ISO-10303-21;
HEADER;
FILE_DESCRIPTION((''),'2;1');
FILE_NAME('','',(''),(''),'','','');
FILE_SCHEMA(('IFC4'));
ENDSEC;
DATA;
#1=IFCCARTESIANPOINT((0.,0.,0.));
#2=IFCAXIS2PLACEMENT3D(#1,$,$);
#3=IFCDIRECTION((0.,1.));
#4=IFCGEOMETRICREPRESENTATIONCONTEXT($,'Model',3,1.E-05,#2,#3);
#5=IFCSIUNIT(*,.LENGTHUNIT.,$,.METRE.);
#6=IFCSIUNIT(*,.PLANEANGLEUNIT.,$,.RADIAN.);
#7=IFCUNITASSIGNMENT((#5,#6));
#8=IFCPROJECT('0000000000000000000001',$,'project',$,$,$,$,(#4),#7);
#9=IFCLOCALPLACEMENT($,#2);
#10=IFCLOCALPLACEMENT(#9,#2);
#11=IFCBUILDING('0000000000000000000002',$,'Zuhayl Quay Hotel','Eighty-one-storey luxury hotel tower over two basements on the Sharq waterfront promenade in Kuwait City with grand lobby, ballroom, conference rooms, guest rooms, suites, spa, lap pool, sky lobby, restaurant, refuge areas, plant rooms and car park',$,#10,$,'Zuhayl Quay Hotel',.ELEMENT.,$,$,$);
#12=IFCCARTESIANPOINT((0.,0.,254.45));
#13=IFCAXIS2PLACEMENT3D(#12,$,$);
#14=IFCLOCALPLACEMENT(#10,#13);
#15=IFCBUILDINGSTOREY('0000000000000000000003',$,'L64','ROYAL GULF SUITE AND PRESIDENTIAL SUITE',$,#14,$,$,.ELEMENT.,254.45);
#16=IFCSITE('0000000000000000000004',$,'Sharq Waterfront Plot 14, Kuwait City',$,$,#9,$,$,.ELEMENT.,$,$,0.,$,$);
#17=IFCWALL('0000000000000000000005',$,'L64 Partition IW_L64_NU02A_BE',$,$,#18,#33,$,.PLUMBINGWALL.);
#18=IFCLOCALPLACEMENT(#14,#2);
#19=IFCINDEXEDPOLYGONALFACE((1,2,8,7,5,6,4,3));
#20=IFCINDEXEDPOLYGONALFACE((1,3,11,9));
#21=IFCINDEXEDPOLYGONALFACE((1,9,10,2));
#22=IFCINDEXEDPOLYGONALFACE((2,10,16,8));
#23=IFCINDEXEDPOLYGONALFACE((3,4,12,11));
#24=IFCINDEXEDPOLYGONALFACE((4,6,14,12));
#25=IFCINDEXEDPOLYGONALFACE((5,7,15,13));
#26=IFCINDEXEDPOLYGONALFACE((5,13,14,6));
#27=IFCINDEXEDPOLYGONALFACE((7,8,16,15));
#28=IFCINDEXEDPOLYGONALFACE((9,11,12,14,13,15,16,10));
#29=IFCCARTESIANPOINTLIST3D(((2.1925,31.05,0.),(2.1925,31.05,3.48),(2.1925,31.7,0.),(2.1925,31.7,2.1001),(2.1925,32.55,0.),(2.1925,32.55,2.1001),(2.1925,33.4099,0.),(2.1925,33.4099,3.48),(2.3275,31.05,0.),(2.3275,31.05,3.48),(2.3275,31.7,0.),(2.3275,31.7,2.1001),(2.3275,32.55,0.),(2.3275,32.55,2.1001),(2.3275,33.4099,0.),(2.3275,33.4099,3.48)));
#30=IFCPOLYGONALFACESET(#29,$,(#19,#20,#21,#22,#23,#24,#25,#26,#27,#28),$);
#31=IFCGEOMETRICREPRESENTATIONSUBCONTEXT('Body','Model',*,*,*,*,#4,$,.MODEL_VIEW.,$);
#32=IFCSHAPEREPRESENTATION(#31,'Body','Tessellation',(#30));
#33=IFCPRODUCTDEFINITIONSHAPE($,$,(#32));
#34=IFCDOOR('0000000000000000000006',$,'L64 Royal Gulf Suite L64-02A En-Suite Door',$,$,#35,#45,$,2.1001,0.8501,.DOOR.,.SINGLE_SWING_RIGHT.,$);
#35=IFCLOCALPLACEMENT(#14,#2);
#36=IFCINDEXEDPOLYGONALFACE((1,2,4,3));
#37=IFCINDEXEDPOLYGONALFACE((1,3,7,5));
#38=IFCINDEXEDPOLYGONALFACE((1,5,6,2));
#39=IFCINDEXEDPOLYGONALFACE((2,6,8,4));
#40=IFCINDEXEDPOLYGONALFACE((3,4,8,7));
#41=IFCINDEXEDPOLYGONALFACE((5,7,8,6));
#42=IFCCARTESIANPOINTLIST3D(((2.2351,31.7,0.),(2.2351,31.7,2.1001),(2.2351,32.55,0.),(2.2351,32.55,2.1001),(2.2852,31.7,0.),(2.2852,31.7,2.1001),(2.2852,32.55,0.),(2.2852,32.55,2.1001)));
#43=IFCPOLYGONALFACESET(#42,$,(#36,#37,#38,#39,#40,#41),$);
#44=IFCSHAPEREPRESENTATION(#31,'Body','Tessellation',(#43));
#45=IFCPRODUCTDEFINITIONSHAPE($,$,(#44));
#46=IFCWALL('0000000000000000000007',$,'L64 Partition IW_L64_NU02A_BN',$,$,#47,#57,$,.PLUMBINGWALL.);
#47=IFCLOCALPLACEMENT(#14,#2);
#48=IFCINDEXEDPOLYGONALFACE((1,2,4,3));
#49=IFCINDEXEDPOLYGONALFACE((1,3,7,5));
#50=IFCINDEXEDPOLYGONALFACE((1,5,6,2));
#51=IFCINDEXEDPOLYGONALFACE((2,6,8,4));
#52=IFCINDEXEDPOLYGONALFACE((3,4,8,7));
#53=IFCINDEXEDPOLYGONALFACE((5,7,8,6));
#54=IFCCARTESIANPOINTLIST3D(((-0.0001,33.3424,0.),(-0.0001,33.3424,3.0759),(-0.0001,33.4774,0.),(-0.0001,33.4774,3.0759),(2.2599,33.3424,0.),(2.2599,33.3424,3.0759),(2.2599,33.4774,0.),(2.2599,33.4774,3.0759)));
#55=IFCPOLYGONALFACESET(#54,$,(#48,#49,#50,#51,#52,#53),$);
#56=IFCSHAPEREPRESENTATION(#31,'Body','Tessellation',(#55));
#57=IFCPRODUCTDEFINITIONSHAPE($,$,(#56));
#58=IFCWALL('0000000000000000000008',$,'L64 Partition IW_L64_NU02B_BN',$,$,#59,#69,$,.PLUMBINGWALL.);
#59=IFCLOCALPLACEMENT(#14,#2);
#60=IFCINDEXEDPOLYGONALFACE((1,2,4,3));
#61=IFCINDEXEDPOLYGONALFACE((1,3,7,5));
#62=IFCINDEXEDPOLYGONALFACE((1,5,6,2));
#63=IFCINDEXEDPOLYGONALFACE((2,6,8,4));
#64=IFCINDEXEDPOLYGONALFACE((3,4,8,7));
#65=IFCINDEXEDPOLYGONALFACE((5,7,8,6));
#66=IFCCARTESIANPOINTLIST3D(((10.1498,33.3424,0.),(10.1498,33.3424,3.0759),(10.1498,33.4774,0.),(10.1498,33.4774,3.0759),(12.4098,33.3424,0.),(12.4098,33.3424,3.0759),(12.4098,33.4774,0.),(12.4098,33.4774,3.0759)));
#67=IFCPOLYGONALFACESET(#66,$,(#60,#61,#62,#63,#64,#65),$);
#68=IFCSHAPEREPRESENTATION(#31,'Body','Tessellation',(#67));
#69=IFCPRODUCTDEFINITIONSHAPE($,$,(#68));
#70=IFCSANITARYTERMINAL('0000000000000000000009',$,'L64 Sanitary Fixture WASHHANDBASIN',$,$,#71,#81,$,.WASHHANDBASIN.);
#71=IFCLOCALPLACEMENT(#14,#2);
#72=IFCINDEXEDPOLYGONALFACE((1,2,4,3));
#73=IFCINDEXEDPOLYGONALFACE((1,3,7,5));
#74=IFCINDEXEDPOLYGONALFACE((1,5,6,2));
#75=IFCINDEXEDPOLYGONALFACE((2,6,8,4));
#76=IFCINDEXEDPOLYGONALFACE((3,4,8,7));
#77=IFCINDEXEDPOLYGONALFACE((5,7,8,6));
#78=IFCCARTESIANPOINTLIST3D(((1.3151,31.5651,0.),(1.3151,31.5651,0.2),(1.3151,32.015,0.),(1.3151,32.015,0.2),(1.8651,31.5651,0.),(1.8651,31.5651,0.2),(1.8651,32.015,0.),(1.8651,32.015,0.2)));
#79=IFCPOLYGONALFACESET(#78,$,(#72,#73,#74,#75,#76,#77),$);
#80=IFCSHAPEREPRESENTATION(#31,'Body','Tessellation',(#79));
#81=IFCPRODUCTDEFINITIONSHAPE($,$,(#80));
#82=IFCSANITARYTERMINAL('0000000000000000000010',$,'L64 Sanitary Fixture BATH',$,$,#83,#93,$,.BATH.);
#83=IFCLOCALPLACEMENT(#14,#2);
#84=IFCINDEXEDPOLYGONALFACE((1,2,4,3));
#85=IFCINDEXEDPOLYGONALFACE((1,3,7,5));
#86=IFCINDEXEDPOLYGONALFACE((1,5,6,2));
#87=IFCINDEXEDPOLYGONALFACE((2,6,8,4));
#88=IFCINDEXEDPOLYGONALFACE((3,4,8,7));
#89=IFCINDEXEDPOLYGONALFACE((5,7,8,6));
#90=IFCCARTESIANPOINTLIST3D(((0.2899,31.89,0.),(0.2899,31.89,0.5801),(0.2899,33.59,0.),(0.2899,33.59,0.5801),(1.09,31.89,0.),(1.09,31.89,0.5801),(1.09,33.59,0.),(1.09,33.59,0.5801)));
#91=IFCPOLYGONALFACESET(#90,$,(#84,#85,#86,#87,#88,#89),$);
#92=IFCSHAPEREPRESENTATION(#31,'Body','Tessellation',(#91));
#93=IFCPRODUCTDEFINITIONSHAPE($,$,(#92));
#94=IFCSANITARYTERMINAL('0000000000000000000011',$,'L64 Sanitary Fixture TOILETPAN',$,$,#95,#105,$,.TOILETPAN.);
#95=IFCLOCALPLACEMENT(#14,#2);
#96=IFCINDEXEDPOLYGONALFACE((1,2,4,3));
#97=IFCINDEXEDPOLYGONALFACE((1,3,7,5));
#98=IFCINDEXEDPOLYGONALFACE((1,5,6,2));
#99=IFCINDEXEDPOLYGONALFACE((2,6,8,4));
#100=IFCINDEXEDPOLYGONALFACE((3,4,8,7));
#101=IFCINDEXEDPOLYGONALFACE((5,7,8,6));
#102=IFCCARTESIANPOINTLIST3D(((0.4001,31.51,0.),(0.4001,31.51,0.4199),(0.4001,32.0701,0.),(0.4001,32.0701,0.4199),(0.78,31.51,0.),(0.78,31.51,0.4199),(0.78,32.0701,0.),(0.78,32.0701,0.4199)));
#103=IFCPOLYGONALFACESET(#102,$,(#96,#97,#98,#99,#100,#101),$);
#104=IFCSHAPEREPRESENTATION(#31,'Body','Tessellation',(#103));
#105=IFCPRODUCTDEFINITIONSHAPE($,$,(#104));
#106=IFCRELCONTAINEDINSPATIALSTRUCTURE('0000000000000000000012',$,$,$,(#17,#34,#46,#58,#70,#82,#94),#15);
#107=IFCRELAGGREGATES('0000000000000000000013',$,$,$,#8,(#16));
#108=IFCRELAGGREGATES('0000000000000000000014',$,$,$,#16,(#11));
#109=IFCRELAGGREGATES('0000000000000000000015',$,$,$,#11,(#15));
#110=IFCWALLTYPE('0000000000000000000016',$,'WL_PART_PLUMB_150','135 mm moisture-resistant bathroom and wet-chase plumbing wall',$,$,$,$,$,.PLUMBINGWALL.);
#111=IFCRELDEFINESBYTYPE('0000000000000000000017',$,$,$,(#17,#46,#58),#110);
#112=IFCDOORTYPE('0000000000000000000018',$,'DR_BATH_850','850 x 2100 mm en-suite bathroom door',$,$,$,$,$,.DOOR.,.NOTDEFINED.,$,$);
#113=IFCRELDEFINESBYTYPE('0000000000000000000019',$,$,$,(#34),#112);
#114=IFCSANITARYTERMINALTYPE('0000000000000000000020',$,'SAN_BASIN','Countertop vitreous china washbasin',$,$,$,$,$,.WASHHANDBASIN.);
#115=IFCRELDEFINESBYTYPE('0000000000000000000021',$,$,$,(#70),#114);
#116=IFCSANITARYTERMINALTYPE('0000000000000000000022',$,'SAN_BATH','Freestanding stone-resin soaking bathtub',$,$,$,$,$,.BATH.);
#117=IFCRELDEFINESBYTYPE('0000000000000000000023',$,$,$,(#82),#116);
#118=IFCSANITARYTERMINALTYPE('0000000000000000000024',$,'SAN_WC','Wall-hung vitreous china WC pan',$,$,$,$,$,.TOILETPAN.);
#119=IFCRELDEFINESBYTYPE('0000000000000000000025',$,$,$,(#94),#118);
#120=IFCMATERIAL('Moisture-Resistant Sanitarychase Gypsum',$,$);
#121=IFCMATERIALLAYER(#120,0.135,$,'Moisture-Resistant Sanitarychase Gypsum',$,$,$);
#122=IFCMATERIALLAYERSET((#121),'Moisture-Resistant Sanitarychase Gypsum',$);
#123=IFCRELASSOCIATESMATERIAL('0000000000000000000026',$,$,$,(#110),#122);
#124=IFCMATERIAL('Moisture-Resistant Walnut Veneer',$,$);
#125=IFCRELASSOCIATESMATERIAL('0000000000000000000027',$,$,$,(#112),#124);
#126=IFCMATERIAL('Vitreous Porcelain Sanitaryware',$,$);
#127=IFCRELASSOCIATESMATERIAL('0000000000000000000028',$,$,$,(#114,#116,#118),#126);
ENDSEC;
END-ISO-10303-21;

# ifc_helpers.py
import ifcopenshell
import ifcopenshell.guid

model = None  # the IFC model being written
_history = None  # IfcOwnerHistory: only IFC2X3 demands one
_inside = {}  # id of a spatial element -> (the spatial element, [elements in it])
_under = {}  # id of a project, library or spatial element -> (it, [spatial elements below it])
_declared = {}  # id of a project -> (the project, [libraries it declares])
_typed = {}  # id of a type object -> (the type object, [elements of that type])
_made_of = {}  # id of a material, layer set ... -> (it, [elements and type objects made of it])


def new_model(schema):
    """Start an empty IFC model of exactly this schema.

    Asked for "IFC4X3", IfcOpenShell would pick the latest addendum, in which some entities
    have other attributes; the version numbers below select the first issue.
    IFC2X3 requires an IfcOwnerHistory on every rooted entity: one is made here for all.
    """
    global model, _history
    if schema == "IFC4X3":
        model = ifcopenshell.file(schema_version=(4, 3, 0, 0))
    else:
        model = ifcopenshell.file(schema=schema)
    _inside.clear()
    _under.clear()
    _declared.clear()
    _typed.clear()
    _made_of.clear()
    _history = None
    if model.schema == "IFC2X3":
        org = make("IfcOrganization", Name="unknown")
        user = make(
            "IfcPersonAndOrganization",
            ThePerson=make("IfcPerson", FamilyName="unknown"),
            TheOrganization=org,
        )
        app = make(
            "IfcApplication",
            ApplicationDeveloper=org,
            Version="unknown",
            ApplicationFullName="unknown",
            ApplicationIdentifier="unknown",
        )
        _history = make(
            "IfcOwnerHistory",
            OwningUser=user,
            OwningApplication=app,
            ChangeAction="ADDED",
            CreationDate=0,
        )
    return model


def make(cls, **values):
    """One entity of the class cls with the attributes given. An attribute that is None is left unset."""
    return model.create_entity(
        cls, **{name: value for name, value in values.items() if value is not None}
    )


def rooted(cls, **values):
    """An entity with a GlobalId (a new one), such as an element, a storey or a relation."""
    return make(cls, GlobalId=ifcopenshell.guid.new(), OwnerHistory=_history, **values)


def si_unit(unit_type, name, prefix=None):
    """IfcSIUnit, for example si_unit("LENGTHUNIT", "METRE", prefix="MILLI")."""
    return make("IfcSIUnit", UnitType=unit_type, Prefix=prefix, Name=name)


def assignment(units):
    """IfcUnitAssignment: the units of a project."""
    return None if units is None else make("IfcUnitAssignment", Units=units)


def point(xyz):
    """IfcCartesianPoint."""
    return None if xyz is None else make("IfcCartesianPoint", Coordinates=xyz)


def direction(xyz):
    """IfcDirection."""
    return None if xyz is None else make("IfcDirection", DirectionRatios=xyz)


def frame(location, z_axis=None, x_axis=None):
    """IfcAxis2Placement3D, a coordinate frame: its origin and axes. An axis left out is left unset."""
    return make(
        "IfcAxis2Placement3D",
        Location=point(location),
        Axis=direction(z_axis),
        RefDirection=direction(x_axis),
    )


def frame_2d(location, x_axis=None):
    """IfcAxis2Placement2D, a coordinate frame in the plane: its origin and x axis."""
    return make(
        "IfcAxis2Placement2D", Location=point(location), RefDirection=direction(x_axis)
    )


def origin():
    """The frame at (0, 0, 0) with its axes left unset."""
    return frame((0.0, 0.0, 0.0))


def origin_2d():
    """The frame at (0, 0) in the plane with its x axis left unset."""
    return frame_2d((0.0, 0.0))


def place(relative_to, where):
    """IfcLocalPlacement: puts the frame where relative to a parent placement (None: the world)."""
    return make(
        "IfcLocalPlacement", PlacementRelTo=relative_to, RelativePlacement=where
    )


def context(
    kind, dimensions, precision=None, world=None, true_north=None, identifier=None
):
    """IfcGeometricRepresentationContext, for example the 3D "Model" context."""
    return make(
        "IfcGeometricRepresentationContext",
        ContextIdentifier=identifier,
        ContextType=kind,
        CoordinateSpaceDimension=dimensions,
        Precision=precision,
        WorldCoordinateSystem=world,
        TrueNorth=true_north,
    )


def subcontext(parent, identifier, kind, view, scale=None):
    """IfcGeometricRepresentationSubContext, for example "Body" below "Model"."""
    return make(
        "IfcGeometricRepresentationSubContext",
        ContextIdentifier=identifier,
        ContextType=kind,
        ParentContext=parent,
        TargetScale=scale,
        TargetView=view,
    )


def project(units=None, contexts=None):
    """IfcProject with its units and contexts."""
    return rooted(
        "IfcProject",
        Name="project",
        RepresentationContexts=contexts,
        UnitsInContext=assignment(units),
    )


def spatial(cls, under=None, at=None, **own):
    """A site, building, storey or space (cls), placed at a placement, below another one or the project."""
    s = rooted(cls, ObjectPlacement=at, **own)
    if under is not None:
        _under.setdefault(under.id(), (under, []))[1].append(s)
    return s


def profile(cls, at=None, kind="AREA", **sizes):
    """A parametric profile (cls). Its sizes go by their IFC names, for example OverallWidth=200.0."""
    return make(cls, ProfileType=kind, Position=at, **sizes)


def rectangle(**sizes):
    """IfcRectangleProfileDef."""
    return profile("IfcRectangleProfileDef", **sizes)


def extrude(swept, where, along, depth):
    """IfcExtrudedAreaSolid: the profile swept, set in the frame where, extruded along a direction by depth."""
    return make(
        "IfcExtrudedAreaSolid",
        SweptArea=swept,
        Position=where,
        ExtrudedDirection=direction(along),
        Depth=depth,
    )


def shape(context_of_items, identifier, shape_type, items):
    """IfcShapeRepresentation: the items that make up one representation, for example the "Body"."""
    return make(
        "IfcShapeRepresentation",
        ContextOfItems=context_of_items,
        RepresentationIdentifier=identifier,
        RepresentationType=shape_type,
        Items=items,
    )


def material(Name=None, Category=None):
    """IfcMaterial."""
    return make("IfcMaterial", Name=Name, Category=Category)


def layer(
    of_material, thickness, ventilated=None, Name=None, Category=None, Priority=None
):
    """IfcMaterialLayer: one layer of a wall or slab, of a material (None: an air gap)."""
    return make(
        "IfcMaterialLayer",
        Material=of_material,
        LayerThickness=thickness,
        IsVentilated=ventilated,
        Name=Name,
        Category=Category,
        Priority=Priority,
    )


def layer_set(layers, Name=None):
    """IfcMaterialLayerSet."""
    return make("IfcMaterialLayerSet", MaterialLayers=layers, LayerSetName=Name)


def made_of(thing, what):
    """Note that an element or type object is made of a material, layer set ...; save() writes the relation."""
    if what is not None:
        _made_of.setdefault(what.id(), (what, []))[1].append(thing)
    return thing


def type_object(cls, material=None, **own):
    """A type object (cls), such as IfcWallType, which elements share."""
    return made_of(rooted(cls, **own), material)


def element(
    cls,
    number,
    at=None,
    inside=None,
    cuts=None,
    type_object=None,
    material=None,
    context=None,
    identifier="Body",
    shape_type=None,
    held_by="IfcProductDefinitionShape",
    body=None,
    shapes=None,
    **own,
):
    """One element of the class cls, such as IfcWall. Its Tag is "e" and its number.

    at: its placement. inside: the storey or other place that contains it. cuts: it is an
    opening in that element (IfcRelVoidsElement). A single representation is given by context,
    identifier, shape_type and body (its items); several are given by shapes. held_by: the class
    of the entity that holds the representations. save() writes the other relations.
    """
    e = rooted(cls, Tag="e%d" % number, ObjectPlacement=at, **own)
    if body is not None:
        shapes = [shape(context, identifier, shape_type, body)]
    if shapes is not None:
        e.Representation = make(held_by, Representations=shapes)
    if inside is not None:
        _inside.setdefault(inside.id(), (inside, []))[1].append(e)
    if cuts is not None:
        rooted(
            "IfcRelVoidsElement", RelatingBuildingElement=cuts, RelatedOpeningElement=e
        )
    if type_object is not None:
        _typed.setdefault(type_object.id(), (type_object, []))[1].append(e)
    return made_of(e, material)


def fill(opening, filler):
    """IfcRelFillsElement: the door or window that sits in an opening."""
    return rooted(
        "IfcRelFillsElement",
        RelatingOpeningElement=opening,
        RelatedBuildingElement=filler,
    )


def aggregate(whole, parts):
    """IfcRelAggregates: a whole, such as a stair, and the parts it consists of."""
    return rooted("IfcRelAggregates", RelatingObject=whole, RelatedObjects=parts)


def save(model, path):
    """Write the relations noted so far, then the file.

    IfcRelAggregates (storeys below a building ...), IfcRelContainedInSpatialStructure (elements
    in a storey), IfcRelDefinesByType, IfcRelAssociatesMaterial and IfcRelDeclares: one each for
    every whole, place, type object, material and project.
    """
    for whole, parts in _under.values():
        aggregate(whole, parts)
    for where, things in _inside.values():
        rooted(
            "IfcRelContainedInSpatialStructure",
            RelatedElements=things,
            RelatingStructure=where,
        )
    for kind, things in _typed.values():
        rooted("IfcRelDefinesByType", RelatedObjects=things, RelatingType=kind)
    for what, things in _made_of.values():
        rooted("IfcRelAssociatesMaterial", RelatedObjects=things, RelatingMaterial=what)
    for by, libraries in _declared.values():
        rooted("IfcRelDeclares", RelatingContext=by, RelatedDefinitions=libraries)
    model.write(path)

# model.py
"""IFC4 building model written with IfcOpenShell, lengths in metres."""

from ifc_helpers import new_model, si_unit, direction, frame, frame_2d, origin, origin_2d, place, context, subcontext, project, spatial, rectangle, extrude, material, layer, layer_set, type_object, element, fill, save


model = new_model("IFC4")

# Units and contexts
model_context = context("Model", 3, precision=1e-05, world=origin(), true_north=direction((0.0, 1.0)))
body_context = subcontext(model_context, "Body", "Model", "MODEL_VIEW")
ifc_project = project(units=[si_unit("LENGTHUNIT", "METRE"), si_unit("PLANEANGLEUNIT", "RADIAN")], contexts=[model_context])

# Site, building, storey
site_placement = place(None, origin())
site = spatial("IfcSite", under=ifc_project, at=site_placement, Name="Sharq Waterfront Plot 14, Kuwait City", CompositionType="ELEMENT", RefElevation=0.0)
building_placement = place(site_placement, origin())
building = spatial("IfcBuilding", under=site, at=building_placement, Name="Zuhayl Quay Hotel", Description="Eighty-one-storey luxury hotel tower over two basements on the Sharq waterfront promenade in Kuwait City with grand lobby, ballroom, conference rooms, guest rooms, suites, spa, lap pool, sky lobby, restaurant, refuge areas, plant rooms and car park", LongName="Zuhayl Quay Hotel", CompositionType="ELEMENT")
storey_placement = place(building_placement, frame((0.0, 0.0, 254.45)))
storey = spatial("IfcBuildingStorey", under=building, at=storey_placement, Name="L64", Description="ROYAL GULF SUITE AND PRESIDENTIAL SUITE", CompositionType="ELEMENT", Elevation=254.45)

# Wall, opening, door
ifc_material_1 = material(Name="Moisture-Resistant Sanitarychase Gypsum")
ifc_layer_1 = layer(ifc_material_1, 0.135, Name="Moisture-Resistant Sanitarychase Gypsum")
ifc_layer_set_1 = layer_set([ifc_layer_1], Name="Moisture-Resistant Sanitarychase Gypsum")
wall_type_1 = type_object("IfcWallType", Name="WL_PART_PLUMB_150", Description="135 mm moisture-resistant bathroom and wet-chase plumbing wall", PredefinedType="PLUMBINGWALL", material=ifc_layer_set_1)
wall_1_placement = place(storey_placement, frame((2.26, 31.05, 0.0), z_axis=(0.0, 0.0, 1.0), x_axis=(0.0, 1.0, 0.0)))
wall_1 = element("IfcWall", 1, at=wall_1_placement, inside=storey, type_object=wall_type_1, Name="L64 Partition IW_L64_NU02A_BE", PredefinedType="PLUMBINGWALL", context=body_context, shape_type="SweptSolid", body=[
    extrude(rectangle(XDim=2.3599, YDim=0.135, at=frame_2d((1.1799, 0.0))), origin(), (0.0, 0.0, 1.0), 3.48),
])
opening_1_placement = place(wall_1_placement, frame((0.6499, 0.0, 0.0)))
opening_1 = element("IfcOpeningElement", 2, at=opening_1_placement, cuts=wall_1, PredefinedType="OPENING", context=body_context, shape_type="SweptSolid", body=[
    extrude(rectangle(XDim=0.8501, YDim=2.1001, at=frame_2d((0.425, 1.05))), frame((0.0, 0.0774, 0.0), z_axis=(0.0, -1.0, 0.0), x_axis=(1.0, 0.0, 0.0)), (0.0, 0.0, 1.0), 0.155),
])
ifc_material_2 = material(Name="Moisture-Resistant Walnut Veneer")
door_type_1 = type_object("IfcDoorType", Name="DR_BATH_850", Description="850 x 2100 mm en-suite bathroom door", OperationType="NOTDEFINED", PredefinedType="DOOR", material=ifc_material_2)
door_1_placement = place(opening_1_placement, origin())
door_1 = element("IfcDoor", 3, at=door_1_placement, inside=storey, type_object=door_type_1, Name="L64 Royal Gulf Suite L64-02A En-Suite Door", OperationType="SINGLE_SWING_RIGHT", OverallHeight=2.1001, OverallWidth=0.8501, PredefinedType="DOOR", context=body_context, shape_type="SweptSolid", body=[
    extrude(rectangle(XDim=0.8501, YDim=2.1001, at=frame_2d((0.425, 1.05))), frame((0.0, 0.0249, 0.0), z_axis=(0.0, -1.0, 0.0), x_axis=(1.0, 0.0, 0.0)), (0.0, 0.0, 1.0), 0.05),
])
fill(opening_1, door_1)

# Walls
for number, where, z_axis, x_axis, name in (
    (4, (0.0, 33.4099, 0.0), (0.0, 0.0, 1.0), (1.0, 0.0, 0.0), "L64 Partition IW_L64_NU02A_BN"),
    (5, (10.1499, 33.4099, 0.0), (0.0, 0.0, 1.0), (1.0, 0.0, 0.0), "L64 Partition IW_L64_NU02B_BN"),
):
    element("IfcWall", number, at=place(storey_placement, frame(where, z_axis=z_axis, x_axis=x_axis)), inside=storey, type_object=wall_type_1, Name=name, PredefinedType="PLUMBINGWALL", context=body_context, shape_type="SweptSolid", body=[
        extrude(rectangle(XDim=2.26, YDim=0.135, at=frame_2d((1.1299, 0.0))), origin(), (0.0, 0.0, 1.0), 3.0759),
    ])

# Sanitary terminals
ifc_material_3 = material(Name="Vitreous Porcelain Sanitaryware")
sanitary_terminal_type_1 = type_object("IfcSanitaryTerminalType", Name="SAN_BASIN", Description="Countertop vitreous china washbasin", PredefinedType="WASHHANDBASIN", material=ifc_material_3)
sanitary_terminal_1_placement = place(storey_placement, frame((1.5901, 31.79, 0.0), z_axis=(0.0, 0.0, 1.0), x_axis=(1.0, 0.0, 0.0)))
element("IfcSanitaryTerminal", 6, at=sanitary_terminal_1_placement, inside=storey, type_object=sanitary_terminal_type_1, Name="L64 Sanitary Fixture WASHHANDBASIN", PredefinedType="WASHHANDBASIN", context=body_context, shape_type="SweptSolid", body=[
    extrude(rectangle(XDim=0.55, YDim=0.45, at=origin_2d()), origin(), (0.0, 0.0, 1.0), 0.2),
])
sanitary_terminal_type_2 = type_object("IfcSanitaryTerminalType", Name="SAN_BATH", Description="Freestanding stone-resin soaking bathtub", PredefinedType="BATH", material=ifc_material_3)
sanitary_terminal_2_placement = place(storey_placement, frame((0.6899, 32.74, 0.0), z_axis=(0.0, 0.0, 1.0), x_axis=(1.0, 0.0, 0.0)))
element("IfcSanitaryTerminal", 7, at=sanitary_terminal_2_placement, inside=storey, type_object=sanitary_terminal_type_2, Name="L64 Sanitary Fixture BATH", PredefinedType="BATH", context=body_context, shape_type="SweptSolid", body=[
    extrude(rectangle(XDim=0.8, YDim=1.7, at=origin_2d()), origin(), (0.0, 0.0, 1.0), 0.5801),
])
sanitary_terminal_type_3 = type_object("IfcSanitaryTerminalType", Name="SAN_WC", Description="Wall-hung vitreous china WC pan", PredefinedType="TOILETPAN", material=ifc_material_3)
sanitary_terminal_3_placement = place(storey_placement, frame((0.5901, 31.79, 0.0), z_axis=(0.0, 0.0, 1.0), x_axis=(1.0, 0.0, 0.0)))
element("IfcSanitaryTerminal", 8, at=sanitary_terminal_3_placement, inside=storey, type_object=sanitary_terminal_type_3, Name="L64 Sanitary Fixture TOILETPAN", PredefinedType="TOILETPAN", context=body_context, shape_type="SweptSolid", body=[
    extrude(rectangle(XDim=0.3799, YDim=0.5601, at=origin_2d()), origin(), (0.0, 0.0, 1.0), 0.4199),
])

save(model, "model.ifc")
